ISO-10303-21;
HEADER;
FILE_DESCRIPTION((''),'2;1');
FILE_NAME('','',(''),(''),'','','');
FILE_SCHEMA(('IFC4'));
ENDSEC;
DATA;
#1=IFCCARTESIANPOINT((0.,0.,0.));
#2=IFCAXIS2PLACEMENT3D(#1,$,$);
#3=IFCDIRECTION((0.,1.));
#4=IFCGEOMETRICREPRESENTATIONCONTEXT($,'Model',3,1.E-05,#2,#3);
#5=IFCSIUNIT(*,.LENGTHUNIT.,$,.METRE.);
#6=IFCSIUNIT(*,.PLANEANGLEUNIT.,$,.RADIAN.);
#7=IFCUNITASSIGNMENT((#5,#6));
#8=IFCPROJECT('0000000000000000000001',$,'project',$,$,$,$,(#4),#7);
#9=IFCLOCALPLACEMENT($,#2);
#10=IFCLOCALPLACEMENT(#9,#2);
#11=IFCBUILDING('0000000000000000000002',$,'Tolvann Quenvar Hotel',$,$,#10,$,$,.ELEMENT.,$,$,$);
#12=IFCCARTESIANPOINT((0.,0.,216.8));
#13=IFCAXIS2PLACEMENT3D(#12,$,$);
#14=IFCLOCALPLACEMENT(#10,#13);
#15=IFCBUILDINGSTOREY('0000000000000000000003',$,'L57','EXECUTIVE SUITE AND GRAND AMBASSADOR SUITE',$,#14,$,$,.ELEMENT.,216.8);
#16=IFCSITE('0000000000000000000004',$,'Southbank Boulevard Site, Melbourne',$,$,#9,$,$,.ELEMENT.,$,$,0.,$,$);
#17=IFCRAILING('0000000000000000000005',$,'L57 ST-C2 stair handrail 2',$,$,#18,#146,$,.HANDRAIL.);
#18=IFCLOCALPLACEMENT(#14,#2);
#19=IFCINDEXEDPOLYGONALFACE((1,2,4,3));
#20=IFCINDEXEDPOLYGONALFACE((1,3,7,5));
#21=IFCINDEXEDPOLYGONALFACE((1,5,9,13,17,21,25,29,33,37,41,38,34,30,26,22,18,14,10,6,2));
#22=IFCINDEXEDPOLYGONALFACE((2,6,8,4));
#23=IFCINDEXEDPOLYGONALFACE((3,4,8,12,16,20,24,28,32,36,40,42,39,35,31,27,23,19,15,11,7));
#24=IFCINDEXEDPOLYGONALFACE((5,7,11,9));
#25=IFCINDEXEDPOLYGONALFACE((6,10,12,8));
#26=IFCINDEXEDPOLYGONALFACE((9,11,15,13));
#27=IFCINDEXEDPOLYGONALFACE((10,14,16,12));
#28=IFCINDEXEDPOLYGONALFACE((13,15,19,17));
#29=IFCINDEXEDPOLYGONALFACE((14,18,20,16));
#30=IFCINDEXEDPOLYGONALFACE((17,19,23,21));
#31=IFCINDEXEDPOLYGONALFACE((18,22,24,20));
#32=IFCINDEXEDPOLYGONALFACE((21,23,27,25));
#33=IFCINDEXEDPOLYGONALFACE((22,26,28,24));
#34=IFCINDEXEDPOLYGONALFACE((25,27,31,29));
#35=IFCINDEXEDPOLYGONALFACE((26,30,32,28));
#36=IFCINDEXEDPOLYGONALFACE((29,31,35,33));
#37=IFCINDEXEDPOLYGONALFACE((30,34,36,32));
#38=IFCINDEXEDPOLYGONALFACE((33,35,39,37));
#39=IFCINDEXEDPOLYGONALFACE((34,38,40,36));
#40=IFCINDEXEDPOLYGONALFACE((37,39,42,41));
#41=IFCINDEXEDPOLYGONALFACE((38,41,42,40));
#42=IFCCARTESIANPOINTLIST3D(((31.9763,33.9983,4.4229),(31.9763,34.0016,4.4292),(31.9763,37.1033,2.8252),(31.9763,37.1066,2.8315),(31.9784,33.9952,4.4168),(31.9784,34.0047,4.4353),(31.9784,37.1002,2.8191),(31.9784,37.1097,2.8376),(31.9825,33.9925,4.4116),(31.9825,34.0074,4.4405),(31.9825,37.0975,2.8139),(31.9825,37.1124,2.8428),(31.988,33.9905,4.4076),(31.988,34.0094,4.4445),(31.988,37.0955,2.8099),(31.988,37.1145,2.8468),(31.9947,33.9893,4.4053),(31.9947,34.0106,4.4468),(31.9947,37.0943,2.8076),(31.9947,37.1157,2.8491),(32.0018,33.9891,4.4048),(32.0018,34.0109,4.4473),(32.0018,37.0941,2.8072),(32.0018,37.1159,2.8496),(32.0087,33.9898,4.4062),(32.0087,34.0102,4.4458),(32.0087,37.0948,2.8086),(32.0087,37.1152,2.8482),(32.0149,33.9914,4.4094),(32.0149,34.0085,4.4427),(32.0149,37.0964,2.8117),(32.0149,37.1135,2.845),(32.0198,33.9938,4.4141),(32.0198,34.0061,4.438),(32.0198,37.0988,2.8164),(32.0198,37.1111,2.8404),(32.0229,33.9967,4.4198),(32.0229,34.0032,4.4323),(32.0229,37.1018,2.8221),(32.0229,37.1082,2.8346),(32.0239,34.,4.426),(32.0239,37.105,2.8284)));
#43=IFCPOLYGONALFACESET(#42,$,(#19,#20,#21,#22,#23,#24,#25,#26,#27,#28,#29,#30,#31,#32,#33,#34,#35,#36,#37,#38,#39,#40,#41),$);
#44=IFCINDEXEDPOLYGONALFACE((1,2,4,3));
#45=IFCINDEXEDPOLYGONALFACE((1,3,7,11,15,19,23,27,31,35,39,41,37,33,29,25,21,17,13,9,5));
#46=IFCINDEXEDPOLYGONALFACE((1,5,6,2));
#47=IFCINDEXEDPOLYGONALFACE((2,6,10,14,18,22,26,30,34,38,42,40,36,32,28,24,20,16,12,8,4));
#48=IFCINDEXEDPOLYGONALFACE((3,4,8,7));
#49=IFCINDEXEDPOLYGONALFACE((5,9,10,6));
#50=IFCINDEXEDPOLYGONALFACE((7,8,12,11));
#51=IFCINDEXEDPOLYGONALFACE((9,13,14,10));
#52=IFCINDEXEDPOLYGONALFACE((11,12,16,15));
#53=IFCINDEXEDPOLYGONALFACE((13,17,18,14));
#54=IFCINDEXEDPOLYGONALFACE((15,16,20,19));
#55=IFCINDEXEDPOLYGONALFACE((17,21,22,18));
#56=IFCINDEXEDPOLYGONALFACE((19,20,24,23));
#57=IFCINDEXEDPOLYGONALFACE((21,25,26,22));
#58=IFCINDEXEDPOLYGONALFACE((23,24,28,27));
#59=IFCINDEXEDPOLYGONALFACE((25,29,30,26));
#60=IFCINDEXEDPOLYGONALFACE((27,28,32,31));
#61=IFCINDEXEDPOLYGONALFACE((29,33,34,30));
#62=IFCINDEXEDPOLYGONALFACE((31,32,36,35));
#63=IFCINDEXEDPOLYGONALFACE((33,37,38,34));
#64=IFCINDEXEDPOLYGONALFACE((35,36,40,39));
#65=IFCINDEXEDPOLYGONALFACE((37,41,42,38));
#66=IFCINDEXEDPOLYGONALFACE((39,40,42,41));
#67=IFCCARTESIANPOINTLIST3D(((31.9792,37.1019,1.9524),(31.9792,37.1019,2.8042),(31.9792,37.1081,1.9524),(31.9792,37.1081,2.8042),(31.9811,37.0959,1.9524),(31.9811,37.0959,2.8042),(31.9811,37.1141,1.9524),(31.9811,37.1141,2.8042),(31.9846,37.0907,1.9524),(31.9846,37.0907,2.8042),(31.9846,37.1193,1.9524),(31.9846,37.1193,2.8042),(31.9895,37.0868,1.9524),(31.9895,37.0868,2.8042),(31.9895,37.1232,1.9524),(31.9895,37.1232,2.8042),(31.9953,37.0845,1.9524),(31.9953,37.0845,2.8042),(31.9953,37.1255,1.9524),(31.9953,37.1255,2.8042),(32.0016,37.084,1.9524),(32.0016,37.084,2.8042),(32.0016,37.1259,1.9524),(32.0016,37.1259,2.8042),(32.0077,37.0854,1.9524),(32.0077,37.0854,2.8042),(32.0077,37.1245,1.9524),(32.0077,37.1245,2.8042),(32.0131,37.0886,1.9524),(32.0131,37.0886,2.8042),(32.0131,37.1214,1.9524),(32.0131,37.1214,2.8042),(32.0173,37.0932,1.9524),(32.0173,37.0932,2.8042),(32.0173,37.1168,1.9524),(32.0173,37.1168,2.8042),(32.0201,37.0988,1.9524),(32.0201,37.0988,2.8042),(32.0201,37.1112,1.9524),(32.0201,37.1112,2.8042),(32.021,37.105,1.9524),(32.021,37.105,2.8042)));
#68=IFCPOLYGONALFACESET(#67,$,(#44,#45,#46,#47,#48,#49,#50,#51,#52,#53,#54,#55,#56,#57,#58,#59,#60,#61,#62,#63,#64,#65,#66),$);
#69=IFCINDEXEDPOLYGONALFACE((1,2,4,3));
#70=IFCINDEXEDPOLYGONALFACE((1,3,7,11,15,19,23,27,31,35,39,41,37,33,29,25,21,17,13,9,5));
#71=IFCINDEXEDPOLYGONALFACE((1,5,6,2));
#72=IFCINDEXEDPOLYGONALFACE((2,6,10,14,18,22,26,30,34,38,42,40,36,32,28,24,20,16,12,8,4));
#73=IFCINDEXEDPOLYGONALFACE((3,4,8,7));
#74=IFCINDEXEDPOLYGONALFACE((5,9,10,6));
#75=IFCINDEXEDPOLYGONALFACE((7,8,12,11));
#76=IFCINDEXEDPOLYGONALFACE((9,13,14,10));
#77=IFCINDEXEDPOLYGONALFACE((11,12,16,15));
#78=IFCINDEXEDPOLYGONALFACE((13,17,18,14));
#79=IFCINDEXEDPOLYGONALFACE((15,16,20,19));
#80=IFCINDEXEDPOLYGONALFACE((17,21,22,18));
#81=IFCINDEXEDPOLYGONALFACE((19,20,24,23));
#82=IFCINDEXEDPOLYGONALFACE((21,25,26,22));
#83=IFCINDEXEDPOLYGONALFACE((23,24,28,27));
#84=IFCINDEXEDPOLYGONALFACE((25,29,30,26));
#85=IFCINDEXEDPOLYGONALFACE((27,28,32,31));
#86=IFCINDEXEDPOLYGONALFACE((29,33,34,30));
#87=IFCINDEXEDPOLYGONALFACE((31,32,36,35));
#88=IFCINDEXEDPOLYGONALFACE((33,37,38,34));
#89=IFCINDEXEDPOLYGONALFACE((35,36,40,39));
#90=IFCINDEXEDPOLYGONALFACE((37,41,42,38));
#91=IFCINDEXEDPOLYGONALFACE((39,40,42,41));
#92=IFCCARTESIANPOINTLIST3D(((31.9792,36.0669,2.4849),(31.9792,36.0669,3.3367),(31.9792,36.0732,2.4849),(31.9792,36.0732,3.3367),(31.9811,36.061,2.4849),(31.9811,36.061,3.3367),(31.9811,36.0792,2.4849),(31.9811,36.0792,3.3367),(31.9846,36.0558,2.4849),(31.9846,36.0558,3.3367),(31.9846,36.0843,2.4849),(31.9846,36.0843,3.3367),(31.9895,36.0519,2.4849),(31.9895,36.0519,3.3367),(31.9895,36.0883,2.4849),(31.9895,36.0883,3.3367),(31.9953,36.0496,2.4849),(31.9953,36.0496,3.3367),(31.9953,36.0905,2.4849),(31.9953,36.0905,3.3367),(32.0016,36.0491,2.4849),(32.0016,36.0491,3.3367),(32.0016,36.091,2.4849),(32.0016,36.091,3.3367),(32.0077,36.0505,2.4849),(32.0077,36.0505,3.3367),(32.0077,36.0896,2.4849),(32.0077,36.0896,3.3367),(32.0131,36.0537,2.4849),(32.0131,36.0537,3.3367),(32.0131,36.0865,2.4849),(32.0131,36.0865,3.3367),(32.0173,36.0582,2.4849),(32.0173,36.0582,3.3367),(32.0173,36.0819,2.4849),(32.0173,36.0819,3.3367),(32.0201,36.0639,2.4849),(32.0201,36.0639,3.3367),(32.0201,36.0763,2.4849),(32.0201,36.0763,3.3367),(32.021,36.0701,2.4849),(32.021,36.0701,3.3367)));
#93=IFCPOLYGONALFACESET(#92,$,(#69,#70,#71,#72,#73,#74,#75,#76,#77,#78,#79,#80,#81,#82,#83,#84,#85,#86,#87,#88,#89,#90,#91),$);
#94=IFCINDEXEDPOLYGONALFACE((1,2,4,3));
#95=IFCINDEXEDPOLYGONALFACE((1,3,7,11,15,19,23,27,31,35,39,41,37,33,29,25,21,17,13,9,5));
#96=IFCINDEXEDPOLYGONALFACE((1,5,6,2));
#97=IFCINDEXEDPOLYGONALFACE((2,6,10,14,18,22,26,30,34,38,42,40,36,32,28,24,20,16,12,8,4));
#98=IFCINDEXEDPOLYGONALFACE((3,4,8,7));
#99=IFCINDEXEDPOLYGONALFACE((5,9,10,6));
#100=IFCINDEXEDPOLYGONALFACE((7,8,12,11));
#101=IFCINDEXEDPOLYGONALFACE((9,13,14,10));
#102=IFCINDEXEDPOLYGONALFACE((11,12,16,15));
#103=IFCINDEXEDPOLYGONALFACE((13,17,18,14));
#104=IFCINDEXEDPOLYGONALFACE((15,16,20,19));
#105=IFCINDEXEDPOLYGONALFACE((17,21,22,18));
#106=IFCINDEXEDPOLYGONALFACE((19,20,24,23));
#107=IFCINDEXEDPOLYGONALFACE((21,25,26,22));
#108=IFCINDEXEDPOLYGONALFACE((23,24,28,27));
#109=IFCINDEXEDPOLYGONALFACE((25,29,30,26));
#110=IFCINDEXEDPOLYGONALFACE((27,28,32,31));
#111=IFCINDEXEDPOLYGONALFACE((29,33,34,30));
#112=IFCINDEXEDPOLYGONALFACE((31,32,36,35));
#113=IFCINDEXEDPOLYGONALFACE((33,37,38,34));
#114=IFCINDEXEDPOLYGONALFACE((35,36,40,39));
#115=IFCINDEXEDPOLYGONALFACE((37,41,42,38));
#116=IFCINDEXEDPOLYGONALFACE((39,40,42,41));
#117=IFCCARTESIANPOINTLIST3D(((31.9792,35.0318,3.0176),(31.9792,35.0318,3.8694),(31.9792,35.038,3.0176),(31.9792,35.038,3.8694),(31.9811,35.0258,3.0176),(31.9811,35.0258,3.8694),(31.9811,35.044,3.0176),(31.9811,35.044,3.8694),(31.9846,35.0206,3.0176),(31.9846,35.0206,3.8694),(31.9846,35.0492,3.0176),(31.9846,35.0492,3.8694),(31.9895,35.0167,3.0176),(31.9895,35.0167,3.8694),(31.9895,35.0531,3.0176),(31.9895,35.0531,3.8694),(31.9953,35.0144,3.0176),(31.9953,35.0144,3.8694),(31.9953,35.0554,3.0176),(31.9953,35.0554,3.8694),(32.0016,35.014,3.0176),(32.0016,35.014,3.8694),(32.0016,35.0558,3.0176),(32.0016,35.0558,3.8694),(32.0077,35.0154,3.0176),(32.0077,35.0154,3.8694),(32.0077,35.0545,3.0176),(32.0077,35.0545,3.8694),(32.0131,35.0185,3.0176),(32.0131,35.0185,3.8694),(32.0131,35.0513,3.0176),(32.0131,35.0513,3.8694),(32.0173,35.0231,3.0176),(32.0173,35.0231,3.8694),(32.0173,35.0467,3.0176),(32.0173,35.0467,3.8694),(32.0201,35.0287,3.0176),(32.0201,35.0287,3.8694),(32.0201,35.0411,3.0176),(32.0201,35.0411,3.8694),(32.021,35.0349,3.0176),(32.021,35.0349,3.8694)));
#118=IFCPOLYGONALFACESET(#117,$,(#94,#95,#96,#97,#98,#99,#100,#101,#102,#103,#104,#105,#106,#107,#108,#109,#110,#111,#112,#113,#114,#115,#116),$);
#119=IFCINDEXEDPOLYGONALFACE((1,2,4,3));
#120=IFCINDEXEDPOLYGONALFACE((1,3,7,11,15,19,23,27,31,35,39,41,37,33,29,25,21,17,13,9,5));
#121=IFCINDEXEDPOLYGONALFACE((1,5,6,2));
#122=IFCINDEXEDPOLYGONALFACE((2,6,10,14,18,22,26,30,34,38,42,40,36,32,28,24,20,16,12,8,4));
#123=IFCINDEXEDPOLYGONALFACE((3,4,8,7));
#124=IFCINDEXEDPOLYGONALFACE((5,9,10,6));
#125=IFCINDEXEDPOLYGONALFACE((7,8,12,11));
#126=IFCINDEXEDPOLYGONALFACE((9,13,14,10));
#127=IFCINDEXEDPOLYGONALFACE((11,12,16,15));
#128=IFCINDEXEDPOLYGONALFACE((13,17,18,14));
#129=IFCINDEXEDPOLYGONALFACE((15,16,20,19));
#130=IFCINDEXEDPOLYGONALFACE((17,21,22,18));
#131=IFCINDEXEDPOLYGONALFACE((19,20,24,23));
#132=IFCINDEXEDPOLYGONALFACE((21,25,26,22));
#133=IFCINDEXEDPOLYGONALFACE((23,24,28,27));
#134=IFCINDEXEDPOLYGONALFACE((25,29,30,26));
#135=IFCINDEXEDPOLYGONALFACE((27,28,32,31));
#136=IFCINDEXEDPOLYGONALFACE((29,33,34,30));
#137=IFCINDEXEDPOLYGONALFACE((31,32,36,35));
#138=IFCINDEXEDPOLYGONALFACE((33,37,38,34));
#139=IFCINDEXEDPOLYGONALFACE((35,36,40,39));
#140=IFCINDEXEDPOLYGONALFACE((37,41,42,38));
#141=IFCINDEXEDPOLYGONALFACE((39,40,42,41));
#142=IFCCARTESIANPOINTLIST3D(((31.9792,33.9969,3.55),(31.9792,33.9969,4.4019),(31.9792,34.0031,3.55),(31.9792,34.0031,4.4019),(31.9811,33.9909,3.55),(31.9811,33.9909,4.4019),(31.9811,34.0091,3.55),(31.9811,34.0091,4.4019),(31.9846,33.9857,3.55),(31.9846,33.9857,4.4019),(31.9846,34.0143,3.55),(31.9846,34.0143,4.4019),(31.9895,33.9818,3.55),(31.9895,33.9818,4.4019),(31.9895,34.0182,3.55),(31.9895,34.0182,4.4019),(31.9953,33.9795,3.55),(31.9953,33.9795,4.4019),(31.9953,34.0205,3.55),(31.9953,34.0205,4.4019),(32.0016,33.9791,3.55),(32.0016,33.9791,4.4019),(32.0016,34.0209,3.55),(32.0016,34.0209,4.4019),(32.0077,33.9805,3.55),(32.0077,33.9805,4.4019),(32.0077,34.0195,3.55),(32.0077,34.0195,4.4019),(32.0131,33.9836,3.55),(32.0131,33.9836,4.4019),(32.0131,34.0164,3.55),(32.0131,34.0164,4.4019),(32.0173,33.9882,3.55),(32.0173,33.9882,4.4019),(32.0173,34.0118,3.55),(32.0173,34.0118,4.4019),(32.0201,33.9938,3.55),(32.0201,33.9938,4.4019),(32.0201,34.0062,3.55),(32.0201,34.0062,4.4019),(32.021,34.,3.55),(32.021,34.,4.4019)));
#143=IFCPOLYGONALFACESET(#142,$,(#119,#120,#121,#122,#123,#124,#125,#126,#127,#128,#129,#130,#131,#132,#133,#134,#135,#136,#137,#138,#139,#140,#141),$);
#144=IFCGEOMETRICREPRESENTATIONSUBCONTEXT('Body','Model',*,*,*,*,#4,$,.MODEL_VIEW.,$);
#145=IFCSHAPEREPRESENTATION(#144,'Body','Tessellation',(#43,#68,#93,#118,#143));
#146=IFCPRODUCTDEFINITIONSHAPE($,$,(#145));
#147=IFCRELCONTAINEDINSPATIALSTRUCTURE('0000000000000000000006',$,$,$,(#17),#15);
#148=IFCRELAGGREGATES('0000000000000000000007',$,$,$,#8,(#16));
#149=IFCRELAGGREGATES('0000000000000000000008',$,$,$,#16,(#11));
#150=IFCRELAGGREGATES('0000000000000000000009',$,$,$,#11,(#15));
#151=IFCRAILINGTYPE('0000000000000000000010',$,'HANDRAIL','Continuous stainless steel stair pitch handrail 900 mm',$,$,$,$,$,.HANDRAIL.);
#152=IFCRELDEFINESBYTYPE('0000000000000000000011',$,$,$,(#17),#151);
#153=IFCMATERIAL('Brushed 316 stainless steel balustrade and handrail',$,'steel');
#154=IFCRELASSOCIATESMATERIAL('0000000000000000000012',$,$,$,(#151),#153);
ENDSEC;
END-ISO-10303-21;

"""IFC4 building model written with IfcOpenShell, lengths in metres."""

from ifc_helpers import new_model, si_unit, direction, frame, origin, origin_2d, place, context, subcontext, project, spatial, circle, extrude, material, type_object, element, save


model = new_model("IFC4")

# Units and contexts
model_context = context("Model", 3, precision=1e-05, world=origin(), true_north=direction((0.0, 1.0)))
body_context = subcontext(model_context, "Body", "Model", "MODEL_VIEW")
ifc_project = project(units=[si_unit("LENGTHUNIT", "METRE"), si_unit("PLANEANGLEUNIT", "RADIAN")], contexts=[model_context])

# Site, building, storey
site_placement = place(None, origin())
site = spatial("IfcSite", under=ifc_project, at=site_placement, Name="Southbank Boulevard Site, Melbourne", CompositionType="ELEMENT", RefElevation=0.0)
building_placement = place(site_placement, origin())
building = spatial("IfcBuilding", under=site, at=building_placement, Name="Tolvann Quenvar Hotel", CompositionType="ELEMENT")
storey_placement = place(building_placement, frame((0.0, 0.0, 216.8)))
storey = spatial("IfcBuildingStorey", under=building, at=storey_placement, Name="L57", Description="EXECUTIVE SUITE AND GRAND AMBASSADOR SUITE", CompositionType="ELEMENT", Elevation=216.8)

# Railing
ifc_material_1 = material(Name="Brushed 316 stainless steel balustrade and handrail", Category="steel")
railing_type_1 = type_object("IfcRailingType", Name="HANDRAIL", Description="Continuous stainless steel stair pitch handrail 900 mm", PredefinedType="HANDRAIL", material=ifc_material_1)
railing_1_placement = place(storey_placement, frame((32.0, 37.105, 1.9524)))
element("IfcRailing", 1, at=railing_1_placement, inside=storey, type_object=railing_type_1, Name="L57 ST-C2 stair handrail 2", PredefinedType="HANDRAIL", context=body_context, shape_type="SweptSolid", body=[
    extrude(circle(Radius=0.0239, at=origin_2d()), frame((0.0, 0.0, 0.876), z_axis=(0.0, -0.889194, 0.457531), x_axis=(1.0, 0.0, 0.0)), (0.0, 0.0, 1.0), 3.4919),
    extrude(circle(Radius=0.021, at=origin_2d()), origin(), (0.0, 0.0, 1.0), 0.8518),
    extrude(circle(Radius=0.021, at=origin_2d()), frame((0.0, -1.0349, 0.5325)), (0.0, 0.0, 1.0), 0.8518),
    extrude(circle(Radius=0.021, at=origin_2d()), frame((0.0, -2.0701, 1.0652)), (0.0, 0.0, 1.0), 0.8518),
    extrude(circle(Radius=0.021, at=origin_2d()), frame((0.0, -3.105, 1.5977)), (0.0, 0.0, 1.0), 0.8518),
])

save(model, "model.ifc")
